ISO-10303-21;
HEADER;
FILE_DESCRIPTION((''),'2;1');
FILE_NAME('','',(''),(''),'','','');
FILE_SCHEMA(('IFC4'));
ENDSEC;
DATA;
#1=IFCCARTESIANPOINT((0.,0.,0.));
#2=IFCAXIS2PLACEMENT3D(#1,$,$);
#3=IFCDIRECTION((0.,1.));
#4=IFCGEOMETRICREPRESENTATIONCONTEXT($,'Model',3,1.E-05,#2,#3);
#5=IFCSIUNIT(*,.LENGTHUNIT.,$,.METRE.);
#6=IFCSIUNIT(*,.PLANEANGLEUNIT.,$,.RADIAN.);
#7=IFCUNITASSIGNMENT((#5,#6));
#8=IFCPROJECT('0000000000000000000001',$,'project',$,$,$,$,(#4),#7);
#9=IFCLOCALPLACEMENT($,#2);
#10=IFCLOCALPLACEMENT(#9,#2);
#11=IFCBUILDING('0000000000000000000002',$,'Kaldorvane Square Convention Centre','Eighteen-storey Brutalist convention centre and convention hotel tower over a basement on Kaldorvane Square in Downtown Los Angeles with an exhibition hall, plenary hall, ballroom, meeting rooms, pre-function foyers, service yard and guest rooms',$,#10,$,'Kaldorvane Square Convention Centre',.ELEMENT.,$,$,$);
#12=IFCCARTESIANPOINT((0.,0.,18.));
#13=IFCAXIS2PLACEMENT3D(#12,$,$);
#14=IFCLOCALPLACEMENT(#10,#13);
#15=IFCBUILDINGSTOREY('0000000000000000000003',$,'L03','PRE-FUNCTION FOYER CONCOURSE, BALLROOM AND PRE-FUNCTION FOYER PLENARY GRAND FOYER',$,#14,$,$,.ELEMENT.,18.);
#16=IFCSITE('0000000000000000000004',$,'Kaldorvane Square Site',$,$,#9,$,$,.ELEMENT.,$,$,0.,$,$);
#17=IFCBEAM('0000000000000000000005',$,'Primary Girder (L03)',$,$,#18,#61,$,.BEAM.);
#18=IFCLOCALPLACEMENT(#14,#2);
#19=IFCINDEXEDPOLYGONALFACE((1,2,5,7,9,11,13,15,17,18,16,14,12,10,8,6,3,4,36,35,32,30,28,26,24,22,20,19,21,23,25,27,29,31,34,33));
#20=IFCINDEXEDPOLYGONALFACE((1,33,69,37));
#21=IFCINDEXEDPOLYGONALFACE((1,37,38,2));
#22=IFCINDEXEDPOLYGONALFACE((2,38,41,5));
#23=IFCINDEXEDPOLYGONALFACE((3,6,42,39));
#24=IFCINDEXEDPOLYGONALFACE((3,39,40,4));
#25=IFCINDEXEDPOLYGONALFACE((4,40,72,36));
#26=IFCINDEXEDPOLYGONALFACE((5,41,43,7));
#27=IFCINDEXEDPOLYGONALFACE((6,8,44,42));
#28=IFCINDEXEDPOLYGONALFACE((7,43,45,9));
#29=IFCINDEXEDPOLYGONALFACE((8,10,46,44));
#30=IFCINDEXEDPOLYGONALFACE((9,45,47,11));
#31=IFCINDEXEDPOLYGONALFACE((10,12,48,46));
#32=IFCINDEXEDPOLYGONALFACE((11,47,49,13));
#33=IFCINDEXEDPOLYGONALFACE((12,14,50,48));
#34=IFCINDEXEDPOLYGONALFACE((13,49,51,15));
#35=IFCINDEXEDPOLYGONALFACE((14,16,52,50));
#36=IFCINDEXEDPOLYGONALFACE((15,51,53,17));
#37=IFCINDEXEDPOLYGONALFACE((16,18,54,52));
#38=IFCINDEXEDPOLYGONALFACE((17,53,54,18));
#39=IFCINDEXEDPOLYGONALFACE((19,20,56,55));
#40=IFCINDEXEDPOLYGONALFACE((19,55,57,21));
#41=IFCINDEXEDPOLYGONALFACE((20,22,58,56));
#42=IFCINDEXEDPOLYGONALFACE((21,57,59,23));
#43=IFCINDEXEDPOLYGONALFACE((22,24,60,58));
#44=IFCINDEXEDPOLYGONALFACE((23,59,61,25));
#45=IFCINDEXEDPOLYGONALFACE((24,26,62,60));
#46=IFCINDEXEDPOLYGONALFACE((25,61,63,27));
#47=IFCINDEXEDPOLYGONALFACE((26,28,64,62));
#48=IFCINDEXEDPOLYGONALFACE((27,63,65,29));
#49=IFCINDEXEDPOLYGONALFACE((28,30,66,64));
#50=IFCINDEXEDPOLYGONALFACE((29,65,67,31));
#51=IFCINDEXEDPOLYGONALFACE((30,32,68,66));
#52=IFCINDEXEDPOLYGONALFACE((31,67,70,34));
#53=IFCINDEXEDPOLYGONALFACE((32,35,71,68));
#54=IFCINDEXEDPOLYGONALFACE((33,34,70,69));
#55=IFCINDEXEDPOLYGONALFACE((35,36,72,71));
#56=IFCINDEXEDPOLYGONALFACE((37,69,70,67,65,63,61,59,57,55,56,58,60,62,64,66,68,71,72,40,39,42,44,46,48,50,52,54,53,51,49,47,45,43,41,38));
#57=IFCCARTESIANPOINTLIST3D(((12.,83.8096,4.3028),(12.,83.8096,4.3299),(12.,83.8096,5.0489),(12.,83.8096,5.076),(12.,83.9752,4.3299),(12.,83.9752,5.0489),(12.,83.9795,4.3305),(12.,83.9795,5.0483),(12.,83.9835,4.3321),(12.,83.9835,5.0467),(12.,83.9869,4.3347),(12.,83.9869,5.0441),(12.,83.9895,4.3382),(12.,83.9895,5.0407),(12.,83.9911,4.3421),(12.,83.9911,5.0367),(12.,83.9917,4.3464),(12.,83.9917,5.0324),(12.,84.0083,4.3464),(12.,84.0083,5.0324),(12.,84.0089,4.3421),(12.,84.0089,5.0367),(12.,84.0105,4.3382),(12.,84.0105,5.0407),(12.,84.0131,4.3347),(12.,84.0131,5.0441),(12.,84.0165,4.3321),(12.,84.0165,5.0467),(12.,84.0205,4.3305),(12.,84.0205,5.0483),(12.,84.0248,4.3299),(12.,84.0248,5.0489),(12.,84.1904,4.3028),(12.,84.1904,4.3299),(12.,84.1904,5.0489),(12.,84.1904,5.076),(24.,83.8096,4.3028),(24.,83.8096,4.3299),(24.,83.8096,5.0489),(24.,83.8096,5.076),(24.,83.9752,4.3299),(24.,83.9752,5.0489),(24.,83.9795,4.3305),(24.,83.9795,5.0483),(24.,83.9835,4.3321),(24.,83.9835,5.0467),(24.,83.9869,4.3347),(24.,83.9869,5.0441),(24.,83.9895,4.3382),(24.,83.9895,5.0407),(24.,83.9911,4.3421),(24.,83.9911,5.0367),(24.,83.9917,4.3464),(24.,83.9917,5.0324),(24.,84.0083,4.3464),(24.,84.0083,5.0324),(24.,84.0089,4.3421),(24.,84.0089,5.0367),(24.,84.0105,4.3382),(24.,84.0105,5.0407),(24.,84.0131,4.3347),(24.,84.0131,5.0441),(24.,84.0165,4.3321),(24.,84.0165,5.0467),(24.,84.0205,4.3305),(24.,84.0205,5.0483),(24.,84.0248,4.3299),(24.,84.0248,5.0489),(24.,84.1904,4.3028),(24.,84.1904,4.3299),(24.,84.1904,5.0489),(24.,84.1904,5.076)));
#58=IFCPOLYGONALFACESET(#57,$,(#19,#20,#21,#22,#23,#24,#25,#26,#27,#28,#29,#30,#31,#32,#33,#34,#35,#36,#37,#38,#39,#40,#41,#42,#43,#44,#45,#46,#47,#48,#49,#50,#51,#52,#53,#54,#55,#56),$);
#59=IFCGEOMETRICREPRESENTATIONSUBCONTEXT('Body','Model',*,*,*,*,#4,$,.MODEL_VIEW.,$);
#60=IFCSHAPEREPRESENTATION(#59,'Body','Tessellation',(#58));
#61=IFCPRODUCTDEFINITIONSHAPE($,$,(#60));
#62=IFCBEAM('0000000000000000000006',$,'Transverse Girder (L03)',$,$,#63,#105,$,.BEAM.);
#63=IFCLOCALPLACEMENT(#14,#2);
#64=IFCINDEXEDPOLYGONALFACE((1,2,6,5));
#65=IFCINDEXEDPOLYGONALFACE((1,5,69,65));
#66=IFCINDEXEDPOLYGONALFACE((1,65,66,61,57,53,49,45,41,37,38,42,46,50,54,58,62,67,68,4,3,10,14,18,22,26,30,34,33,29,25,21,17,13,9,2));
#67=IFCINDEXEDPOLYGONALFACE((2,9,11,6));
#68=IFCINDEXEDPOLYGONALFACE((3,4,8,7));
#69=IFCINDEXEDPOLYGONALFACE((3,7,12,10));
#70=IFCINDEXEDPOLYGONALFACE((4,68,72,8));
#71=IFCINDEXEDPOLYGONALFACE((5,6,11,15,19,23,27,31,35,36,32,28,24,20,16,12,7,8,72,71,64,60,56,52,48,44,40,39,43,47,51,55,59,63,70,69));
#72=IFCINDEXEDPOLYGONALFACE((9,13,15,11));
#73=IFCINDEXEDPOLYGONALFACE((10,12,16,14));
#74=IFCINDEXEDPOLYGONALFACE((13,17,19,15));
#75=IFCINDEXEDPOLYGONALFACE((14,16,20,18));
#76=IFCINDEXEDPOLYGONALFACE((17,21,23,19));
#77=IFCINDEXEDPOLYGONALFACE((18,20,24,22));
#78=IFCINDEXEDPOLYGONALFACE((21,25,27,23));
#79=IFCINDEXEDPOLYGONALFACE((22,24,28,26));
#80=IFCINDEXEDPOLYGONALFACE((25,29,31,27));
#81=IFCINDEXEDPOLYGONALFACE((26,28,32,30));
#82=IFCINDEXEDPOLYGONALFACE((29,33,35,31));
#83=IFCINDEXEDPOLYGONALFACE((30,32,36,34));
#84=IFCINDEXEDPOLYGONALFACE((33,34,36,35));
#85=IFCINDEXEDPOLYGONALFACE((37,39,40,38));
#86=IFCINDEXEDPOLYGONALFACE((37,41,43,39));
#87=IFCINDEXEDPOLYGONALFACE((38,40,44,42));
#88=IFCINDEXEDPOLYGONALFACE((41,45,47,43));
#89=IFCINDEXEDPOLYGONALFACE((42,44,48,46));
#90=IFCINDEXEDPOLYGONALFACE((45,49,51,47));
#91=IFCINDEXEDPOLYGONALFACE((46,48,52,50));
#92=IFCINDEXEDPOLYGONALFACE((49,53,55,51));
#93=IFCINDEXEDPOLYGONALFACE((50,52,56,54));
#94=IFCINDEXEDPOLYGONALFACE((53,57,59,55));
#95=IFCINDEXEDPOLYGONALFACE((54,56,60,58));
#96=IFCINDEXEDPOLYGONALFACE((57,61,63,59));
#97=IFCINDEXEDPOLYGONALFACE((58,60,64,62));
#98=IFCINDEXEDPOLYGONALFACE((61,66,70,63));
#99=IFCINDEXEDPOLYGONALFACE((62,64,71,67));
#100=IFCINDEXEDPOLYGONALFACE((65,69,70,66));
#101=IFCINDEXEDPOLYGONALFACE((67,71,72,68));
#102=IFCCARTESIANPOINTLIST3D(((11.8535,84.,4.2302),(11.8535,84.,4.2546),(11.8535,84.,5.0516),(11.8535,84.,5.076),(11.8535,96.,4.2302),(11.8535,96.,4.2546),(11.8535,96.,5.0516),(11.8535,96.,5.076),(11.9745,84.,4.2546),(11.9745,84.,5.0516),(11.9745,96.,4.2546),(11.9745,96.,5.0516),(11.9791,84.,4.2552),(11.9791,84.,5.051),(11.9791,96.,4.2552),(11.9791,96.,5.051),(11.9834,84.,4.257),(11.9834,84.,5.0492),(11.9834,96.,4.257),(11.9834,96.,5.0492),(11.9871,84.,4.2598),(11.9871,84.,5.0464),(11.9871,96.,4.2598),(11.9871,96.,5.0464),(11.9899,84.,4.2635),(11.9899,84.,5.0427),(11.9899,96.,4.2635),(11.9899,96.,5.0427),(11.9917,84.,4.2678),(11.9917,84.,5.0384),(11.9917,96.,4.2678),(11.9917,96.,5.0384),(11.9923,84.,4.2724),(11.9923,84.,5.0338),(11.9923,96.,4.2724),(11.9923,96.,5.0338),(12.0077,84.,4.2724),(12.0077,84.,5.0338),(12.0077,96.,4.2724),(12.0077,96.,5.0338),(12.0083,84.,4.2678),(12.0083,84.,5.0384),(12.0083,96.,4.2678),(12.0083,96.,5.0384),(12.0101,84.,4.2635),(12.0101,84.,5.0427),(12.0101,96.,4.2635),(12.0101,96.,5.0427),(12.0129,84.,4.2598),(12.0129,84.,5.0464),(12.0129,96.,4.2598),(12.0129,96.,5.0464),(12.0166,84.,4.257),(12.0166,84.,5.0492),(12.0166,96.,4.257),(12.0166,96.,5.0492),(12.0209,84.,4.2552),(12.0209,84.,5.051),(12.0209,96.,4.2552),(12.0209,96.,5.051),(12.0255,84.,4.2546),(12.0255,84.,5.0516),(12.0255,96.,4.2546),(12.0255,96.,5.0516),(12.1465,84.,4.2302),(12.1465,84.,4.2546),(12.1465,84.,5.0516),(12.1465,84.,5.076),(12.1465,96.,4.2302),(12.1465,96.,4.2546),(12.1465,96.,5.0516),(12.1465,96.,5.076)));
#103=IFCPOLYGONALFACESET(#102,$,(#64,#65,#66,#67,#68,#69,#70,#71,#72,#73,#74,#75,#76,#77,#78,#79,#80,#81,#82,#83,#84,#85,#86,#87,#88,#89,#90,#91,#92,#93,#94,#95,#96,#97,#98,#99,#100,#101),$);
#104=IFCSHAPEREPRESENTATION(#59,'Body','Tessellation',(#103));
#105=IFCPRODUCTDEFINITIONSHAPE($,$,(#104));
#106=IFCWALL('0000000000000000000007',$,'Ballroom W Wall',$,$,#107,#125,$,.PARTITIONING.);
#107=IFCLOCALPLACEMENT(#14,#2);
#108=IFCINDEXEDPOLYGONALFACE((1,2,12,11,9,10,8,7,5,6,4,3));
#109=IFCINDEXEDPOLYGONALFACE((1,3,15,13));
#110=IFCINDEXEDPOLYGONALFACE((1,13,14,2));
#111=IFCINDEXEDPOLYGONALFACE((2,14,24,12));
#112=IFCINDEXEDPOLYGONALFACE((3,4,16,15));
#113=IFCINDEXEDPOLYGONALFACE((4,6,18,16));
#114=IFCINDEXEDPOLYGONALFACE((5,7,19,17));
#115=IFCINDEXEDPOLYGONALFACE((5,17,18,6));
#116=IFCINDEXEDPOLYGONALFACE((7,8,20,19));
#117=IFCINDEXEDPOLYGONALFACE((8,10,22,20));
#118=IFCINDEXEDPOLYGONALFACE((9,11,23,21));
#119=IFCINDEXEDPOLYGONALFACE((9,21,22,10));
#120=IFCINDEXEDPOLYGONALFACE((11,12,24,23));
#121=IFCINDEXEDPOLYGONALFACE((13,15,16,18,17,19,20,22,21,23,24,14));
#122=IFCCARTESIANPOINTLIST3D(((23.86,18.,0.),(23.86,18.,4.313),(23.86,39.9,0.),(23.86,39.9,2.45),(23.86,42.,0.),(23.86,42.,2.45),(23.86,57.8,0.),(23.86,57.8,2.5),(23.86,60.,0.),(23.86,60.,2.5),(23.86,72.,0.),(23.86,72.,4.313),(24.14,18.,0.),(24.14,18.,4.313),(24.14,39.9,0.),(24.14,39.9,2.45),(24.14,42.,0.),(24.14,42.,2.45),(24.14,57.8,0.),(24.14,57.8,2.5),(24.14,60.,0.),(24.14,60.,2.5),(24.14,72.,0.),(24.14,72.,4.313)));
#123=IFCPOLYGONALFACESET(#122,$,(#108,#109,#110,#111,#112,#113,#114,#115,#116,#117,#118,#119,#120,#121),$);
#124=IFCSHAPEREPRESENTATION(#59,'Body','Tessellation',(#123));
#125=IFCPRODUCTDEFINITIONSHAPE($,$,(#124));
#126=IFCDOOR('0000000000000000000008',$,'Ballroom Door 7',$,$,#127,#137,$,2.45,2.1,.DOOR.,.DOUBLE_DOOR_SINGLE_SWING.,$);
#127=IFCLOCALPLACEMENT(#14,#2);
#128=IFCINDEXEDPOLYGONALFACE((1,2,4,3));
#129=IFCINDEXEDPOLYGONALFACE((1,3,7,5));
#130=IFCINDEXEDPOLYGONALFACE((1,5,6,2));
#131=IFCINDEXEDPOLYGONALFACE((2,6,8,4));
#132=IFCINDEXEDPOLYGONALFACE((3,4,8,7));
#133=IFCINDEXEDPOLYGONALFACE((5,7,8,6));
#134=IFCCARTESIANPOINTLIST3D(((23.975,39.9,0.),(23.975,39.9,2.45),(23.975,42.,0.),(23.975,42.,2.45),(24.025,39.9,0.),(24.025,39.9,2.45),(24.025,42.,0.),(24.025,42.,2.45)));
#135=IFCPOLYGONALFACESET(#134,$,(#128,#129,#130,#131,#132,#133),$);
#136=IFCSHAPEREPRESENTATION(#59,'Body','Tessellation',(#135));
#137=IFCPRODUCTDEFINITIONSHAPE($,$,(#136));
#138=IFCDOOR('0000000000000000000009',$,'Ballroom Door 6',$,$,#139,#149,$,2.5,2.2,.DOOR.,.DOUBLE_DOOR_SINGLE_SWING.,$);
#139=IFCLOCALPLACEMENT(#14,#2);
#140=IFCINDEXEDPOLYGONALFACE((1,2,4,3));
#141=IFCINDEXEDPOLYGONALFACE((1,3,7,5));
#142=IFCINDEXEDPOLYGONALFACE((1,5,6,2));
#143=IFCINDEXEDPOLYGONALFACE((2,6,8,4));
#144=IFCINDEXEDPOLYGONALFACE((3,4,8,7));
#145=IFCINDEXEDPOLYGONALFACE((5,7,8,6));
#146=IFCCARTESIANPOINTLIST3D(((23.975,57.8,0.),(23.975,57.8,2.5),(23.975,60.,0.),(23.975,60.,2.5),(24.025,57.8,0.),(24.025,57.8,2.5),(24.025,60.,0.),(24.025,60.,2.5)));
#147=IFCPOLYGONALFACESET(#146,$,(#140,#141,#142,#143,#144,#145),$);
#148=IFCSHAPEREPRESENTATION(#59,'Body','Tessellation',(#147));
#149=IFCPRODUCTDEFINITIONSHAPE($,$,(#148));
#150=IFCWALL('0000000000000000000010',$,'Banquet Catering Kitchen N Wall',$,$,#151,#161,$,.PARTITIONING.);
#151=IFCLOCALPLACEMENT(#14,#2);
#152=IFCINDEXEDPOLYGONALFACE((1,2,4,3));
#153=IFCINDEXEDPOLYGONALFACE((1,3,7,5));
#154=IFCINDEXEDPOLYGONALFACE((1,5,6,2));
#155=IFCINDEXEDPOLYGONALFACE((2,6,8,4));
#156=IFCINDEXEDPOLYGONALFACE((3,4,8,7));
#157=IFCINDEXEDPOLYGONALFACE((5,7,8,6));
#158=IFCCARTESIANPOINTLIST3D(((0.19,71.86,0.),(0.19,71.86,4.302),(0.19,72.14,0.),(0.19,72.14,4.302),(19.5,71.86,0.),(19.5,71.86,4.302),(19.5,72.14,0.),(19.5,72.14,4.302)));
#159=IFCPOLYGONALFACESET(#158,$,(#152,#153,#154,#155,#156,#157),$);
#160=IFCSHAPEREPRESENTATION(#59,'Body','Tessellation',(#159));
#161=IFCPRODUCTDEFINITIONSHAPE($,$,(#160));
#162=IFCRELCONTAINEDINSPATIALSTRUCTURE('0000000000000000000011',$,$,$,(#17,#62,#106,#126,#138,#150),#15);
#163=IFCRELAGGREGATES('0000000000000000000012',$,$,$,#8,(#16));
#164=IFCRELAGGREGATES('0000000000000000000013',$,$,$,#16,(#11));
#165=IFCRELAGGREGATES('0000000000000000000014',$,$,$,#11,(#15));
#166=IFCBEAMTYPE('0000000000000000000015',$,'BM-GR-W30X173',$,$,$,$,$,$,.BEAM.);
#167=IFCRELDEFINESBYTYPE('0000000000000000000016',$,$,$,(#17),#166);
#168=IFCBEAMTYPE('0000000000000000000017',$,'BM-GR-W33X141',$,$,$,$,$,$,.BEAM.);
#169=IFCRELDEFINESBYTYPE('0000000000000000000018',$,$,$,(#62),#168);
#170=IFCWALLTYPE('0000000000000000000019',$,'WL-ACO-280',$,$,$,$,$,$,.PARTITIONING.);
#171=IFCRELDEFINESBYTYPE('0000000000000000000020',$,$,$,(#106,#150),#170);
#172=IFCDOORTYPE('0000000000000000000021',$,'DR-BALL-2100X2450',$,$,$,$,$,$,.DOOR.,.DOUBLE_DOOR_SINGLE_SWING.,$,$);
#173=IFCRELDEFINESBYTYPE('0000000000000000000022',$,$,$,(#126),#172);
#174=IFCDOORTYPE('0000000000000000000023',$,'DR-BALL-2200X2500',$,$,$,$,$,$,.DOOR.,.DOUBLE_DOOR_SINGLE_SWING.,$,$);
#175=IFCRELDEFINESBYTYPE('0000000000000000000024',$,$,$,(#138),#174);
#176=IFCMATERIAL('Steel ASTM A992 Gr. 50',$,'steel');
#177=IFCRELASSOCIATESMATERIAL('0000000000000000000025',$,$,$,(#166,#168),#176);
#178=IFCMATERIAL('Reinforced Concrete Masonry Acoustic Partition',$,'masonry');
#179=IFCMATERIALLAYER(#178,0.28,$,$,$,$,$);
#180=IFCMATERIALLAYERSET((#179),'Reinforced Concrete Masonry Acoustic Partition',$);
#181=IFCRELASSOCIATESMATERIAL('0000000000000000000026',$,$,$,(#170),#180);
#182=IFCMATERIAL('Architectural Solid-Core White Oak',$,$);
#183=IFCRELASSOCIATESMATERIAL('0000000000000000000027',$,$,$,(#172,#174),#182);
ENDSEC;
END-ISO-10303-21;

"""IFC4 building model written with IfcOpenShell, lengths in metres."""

from ifc_helpers import new_model, si_unit, direction, frame, frame_2d, origin, origin_2d, place, context, subcontext, project, spatial, rectangle, i_section, extrude, material, layer, layer_set, material_profile, profile_set, type_object, element, fill, save


model = new_model("IFC4")

# Units and contexts
model_context = context("Model", 3, precision=1e-05, world=origin(), true_north=direction((0.0, 1.0)))
body_context = subcontext(model_context, "Body", "Model", "MODEL_VIEW")
ifc_project = project(units=[si_unit("LENGTHUNIT", "METRE"), si_unit("PLANEANGLEUNIT", "RADIAN")], contexts=[model_context])

# Site, building, storey
site_placement = place(None, origin())
site = spatial("IfcSite", under=ifc_project, at=site_placement, Name="Kaldorvane Square Site", CompositionType="ELEMENT", RefElevation=0.0)
building_placement = place(site_placement, origin())
building = spatial("IfcBuilding", under=site, at=building_placement, Name="Kaldorvane Square Convention Centre", Description="Eighteen-storey Brutalist convention centre and convention hotel tower over a basement on Kaldorvane Square in Downtown Los Angeles with an exhibition hall, plenary hall, ballroom, meeting rooms, pre-function foyers, service yard and guest rooms", LongName="Kaldorvane Square Convention Centre", CompositionType="ELEMENT")
storey_placement = place(building_placement, frame((0.0, 0.0, 18.0)))
storey = spatial("IfcBuildingStorey", under=building, at=storey_placement, Name="L03", Description="PRE-FUNCTION FOYER CONCOURSE, BALLROOM AND PRE-FUNCTION FOYER PLENARY GRAND FOYER", CompositionType="ELEMENT", Elevation=18.0)

# Shared definitions
ifc_material_1 = material(Name="Steel ASTM A992 Gr. 50", Category="steel")

# Beams
ifc_material_profile_1 = material_profile(ifc_material_1, i_section(OverallWidth=0.3807, OverallDepth=0.7732, WebThickness=0.0166, FlangeThickness=0.0271, FilletRadius=0.0165, at=origin_2d()), Name="W30X173")
ifc_profile_set_1 = profile_set([ifc_material_profile_1], Name="Steel ASTM A992 Gr. 50")
beam_type_1 = type_object("IfcBeamType", Name="BM-GR-W30X173", PredefinedType="BEAM", material=ifc_profile_set_1)
for number, where, z_axis, x_axis, name in (
    (1, (12.0, 84.0, 4.6894), (1.0, 0.0, 0.0), (0.0, 1.0, 0.0), "Primary Girder (L03)"),
):
    element("IfcBeam", number, at=place(storey_placement, frame(where, z_axis=z_axis, x_axis=x_axis)), inside=storey, type_object=beam_type_1, Name=name, PredefinedType="BEAM", context=body_context, shape_type="SweptSolid", body=[
        extrude(i_section(OverallWidth=0.3807, OverallDepth=0.7732, WebThickness=0.0166, FlangeThickness=0.0271, FilletRadius=0.0165, at=origin_2d()), origin(), (0.0, 0.0, 1.0), 12.0),
    ])
ifc_material_profile_2 = material_profile(ifc_material_1, i_section(OverallWidth=0.293, OverallDepth=0.8458, WebThickness=0.0154, FlangeThickness=0.0244, FilletRadius=0.0178, at=origin_2d()), Name="W33X141")
ifc_profile_set_2 = profile_set([ifc_material_profile_2], Name="Steel ASTM A992 Gr. 50")
beam_type_2 = type_object("IfcBeamType", Name="BM-GR-W33X141", PredefinedType="BEAM", material=ifc_profile_set_2)
beam_1_placement = place(storey_placement, frame((12.0, 84.0, 4.6531), z_axis=(0.0, 1.0, 0.0), x_axis=(-1.0, 0.0, 0.0)))
element("IfcBeam", 2, at=beam_1_placement, inside=storey, type_object=beam_type_2, Name="Transverse Girder (L03)", PredefinedType="BEAM", context=body_context, shape_type="SweptSolid", body=[
    extrude(i_section(OverallWidth=0.293, OverallDepth=0.8458, WebThickness=0.0154, FlangeThickness=0.0244, FilletRadius=0.0178, at=origin_2d()), origin(), (0.0, 0.0, 1.0), 12.0),
])

# Wall, openings, doors
ifc_material_2 = material(Name="Reinforced Concrete Masonry Acoustic Partition", Category="masonry")
ifc_layer_1 = layer(ifc_material_2, 0.28)
ifc_layer_set_1 = layer_set([ifc_layer_1], Name="Reinforced Concrete Masonry Acoustic Partition")
wall_type_1 = type_object("IfcWallType", Name="WL-ACO-280", PredefinedType="PARTITIONING", material=ifc_layer_set_1)
wall_1_placement = place(storey_placement, frame((24.0, 72.0, 0.0), z_axis=(0.0, 0.0, 1.0), x_axis=(0.0, -1.0, 0.0)))
wall_1 = element("IfcWall", 3, at=wall_1_placement, inside=storey, type_object=wall_type_1, Name="Ballroom W Wall", PredefinedType="PARTITIONING", context=body_context, shape_type="SweptSolid", body=[
    extrude(rectangle(XDim=54.0, YDim=0.28, at=frame_2d((27.0, 0.0))), origin(), (0.0, 0.0, 1.0), 4.313),
])
opening_1_placement = place(wall_1_placement, frame((12.0, 0.0, 0.0)))
opening_1 = element("IfcOpeningElement", 4, at=opening_1_placement, cuts=wall_1, PredefinedType="OPENING", context=body_context, shape_type="SweptSolid", body=[
    extrude(rectangle(XDim=2.2, YDim=2.5, at=frame_2d((1.1, 1.25))), frame((0.0, 0.155, 0.0), z_axis=(0.0, -1.0, 0.0), x_axis=(1.0, 0.0, 0.0)), (0.0, 0.0, 1.0), 0.31),
])
opening_2_placement = place(wall_1_placement, frame((30.0, 0.0, 0.0)))
opening_2 = element("IfcOpeningElement", 5, at=opening_2_placement, cuts=wall_1, PredefinedType="OPENING", context=body_context, shape_type="SweptSolid", body=[
    extrude(rectangle(XDim=2.1, YDim=2.45, at=frame_2d((1.05, 1.225))), frame((0.0, 0.155, 0.0), z_axis=(0.0, -1.0, 0.0), x_axis=(1.0, 0.0, 0.0)), (0.0, 0.0, 1.0), 0.31),
])
ifc_material_3 = material(Name="Architectural Solid-Core White Oak")
door_type_1 = type_object("IfcDoorType", Name="DR-BALL-2100X2450", OperationType="DOUBLE_DOOR_SINGLE_SWING", PredefinedType="DOOR", material=ifc_material_3)
door_1_placement = place(opening_2_placement, origin())
door_1 = element("IfcDoor", 6, at=door_1_placement, inside=storey, type_object=door_type_1, Name="Ballroom Door 7", OperationType="DOUBLE_DOOR_SINGLE_SWING", OverallHeight=2.45, OverallWidth=2.1, PredefinedType="DOOR", context=body_context, shape_type="SweptSolid", body=[
    extrude(rectangle(XDim=2.1, YDim=2.45, at=frame_2d((1.05, 1.225))), frame((0.0, 0.025, 0.0), z_axis=(0.0, -1.0, 0.0), x_axis=(1.0, 0.0, 0.0)), (0.0, 0.0, 1.0), 0.05),
])
fill(opening_2, door_1)
door_type_2 = type_object("IfcDoorType", Name="DR-BALL-2200X2500", OperationType="DOUBLE_DOOR_SINGLE_SWING", PredefinedType="DOOR", material=ifc_material_3)
door_2_placement = place(opening_1_placement, origin())
door_2 = element("IfcDoor", 7, at=door_2_placement, inside=storey, type_object=door_type_2, Name="Ballroom Door 6", OperationType="DOUBLE_DOOR_SINGLE_SWING", OverallHeight=2.5, OverallWidth=2.2, PredefinedType="DOOR", context=body_context, shape_type="SweptSolid", body=[
    extrude(rectangle(XDim=2.2, YDim=2.5, at=frame_2d((1.1, 1.25))), frame((0.0, 0.025, 0.0), z_axis=(0.0, -1.0, 0.0), x_axis=(1.0, 0.0, 0.0)), (0.0, 0.0, 1.0), 0.05),
])
fill(opening_1, door_2)

# Wall
wall_2_placement = place(storey_placement, frame((19.5, 72.0, 0.0), z_axis=(0.0, 0.0, 1.0), x_axis=(-1.0, 0.0, 0.0)))
element("IfcWall", 8, at=wall_2_placement, inside=storey, type_object=wall_type_1, Name="Banquet Catering Kitchen N Wall", PredefinedType="PARTITIONING", context=body_context, shape_type="SweptSolid", body=[
    extrude(rectangle(XDim=19.31, YDim=0.28, at=frame_2d((9.655, 0.0))), origin(), (0.0, 0.0, 1.0), 4.302),
])

save(model, "model.ifc")
